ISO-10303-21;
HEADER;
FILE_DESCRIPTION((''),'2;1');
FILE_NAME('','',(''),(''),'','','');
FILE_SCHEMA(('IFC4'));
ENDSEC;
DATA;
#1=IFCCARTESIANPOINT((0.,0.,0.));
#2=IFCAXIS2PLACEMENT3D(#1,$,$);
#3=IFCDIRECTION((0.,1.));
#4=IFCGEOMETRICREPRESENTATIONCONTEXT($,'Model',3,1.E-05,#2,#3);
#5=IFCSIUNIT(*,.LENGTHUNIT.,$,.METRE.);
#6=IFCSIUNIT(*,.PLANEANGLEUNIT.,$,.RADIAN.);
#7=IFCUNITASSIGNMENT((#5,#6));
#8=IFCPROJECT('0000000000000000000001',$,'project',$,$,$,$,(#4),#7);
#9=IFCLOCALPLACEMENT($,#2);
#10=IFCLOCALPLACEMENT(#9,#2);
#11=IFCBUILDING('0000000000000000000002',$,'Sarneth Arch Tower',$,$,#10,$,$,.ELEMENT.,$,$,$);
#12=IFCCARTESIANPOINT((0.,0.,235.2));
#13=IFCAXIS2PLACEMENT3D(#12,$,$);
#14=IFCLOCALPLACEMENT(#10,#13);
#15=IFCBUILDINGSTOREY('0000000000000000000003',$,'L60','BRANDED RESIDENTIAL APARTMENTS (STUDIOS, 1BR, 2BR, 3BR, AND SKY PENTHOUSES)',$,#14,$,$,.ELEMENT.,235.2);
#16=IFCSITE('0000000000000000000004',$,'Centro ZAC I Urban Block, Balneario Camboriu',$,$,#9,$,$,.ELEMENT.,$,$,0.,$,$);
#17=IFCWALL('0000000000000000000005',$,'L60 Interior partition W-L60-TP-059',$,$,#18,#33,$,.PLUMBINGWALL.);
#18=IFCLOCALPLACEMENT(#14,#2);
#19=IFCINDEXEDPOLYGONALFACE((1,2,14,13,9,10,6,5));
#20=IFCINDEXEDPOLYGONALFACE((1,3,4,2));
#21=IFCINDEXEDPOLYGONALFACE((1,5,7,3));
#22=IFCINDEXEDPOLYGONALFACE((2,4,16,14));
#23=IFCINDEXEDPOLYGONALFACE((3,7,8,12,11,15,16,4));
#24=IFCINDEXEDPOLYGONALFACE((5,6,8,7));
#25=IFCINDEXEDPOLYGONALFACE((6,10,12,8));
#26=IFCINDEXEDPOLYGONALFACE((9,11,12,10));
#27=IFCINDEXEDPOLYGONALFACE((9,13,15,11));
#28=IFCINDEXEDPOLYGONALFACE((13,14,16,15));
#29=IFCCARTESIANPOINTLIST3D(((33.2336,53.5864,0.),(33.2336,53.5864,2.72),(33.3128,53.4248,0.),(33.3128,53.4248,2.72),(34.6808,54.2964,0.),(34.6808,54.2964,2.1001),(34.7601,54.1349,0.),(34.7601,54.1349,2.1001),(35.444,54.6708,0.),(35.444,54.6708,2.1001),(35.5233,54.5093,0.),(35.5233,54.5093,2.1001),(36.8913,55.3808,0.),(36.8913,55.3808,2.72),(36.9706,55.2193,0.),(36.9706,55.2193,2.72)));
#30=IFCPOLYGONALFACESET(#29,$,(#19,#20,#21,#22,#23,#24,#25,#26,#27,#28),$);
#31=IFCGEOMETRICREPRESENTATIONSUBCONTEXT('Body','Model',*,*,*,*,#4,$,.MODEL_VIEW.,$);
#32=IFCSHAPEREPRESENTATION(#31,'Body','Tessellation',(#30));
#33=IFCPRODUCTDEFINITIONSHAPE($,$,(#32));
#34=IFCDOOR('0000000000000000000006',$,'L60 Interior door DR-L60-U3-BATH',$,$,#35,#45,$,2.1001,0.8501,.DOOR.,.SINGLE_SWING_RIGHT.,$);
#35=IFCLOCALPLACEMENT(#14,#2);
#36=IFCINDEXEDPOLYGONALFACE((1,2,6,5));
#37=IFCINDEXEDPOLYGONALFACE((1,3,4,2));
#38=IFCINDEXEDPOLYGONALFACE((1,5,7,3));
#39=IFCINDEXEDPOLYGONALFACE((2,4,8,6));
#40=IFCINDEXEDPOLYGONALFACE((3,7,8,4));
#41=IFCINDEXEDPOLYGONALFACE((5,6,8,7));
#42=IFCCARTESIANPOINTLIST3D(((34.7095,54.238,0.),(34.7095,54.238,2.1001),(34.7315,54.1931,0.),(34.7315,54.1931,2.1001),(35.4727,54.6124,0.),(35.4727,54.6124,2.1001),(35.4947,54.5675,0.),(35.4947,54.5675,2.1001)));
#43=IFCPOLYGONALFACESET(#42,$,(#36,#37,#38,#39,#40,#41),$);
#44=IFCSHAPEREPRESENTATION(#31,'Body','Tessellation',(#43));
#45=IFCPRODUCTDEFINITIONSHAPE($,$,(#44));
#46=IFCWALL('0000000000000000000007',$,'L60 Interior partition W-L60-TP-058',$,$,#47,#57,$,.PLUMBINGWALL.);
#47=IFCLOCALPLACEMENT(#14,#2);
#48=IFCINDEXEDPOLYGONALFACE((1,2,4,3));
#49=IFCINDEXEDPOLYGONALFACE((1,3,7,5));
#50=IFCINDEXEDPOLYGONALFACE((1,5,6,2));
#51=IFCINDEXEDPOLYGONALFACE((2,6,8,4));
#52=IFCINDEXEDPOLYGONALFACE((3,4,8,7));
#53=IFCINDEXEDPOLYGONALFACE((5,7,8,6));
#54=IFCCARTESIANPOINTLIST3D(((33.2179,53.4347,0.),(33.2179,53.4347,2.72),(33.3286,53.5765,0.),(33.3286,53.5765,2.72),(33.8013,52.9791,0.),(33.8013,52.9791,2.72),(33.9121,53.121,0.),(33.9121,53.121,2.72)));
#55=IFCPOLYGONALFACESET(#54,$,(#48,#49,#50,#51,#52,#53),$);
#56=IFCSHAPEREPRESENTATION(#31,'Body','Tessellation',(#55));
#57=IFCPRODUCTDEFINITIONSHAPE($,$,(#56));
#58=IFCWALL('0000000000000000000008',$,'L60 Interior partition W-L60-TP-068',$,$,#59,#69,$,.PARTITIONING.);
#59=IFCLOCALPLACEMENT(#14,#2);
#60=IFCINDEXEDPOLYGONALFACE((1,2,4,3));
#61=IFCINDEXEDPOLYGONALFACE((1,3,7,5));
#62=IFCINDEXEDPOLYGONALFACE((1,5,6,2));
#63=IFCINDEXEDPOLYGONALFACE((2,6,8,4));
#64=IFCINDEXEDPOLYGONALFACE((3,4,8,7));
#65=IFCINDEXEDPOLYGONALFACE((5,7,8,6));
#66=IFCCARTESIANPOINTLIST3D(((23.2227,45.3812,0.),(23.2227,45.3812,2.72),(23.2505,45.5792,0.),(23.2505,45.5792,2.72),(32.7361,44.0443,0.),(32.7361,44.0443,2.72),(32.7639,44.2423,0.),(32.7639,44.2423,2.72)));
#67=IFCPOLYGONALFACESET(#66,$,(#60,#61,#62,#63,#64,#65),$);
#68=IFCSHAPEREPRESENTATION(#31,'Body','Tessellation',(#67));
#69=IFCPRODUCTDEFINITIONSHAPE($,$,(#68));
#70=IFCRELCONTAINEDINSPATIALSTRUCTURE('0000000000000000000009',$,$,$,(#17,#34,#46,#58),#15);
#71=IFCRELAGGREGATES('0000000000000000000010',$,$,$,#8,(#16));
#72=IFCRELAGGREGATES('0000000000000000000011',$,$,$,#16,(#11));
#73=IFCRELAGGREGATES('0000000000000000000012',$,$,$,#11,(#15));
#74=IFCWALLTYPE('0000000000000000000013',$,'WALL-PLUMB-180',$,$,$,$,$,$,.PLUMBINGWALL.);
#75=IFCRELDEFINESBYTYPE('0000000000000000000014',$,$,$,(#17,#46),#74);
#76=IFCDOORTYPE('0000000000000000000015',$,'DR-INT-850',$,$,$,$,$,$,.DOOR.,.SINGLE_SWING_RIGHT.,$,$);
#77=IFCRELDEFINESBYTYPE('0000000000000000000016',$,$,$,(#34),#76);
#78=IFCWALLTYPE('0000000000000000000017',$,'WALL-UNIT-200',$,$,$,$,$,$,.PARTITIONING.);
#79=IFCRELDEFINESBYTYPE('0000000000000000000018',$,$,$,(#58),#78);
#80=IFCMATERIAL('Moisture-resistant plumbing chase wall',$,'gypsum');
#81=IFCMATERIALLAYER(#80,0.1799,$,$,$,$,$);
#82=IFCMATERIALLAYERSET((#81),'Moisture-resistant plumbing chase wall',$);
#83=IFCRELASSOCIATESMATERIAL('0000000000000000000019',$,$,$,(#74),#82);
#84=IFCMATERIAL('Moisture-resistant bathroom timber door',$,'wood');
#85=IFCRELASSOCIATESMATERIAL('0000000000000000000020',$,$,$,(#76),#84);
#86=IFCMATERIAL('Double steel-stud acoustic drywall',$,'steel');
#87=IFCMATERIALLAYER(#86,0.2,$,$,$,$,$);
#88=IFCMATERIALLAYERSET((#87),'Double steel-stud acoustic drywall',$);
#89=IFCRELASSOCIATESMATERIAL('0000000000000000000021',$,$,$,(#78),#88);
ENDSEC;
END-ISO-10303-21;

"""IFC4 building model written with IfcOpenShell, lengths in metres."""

from ifc_helpers import new_model, si_unit, direction, frame, frame_2d, origin, place, context, subcontext, project, spatial, rectangle, extrude, material, layer, layer_set, type_object, element, fill, save


model = new_model("IFC4")

# Units and contexts
model_context = context("Model", 3, precision=1e-05, world=origin(), true_north=direction((0.0, 1.0)))
body_context = subcontext(model_context, "Body", "Model", "MODEL_VIEW")
ifc_project = project(units=[si_unit("LENGTHUNIT", "METRE"), si_unit("PLANEANGLEUNIT", "RADIAN")], contexts=[model_context])

# Site, building, storey
site_placement = place(None, origin())
site = spatial("IfcSite", under=ifc_project, at=site_placement, Name="Centro ZAC I Urban Block, Balneario Camboriu", CompositionType="ELEMENT", RefElevation=0.0)
building_placement = place(site_placement, origin())
building = spatial("IfcBuilding", under=site, at=building_placement, Name="Sarneth Arch Tower", CompositionType="ELEMENT")
storey_placement = place(building_placement, frame((0.0, 0.0, 235.2)))
storey = spatial("IfcBuildingStorey", under=building, at=storey_placement, Name="L60", Description="BRANDED RESIDENTIAL APARTMENTS (STUDIOS, 1BR, 2BR, 3BR, AND SKY PENTHOUSES)", CompositionType="ELEMENT", Elevation=235.2)

# Wall, opening, door
ifc_material_1 = material(Name="Moisture-resistant plumbing chase wall", Category="gypsum")
ifc_layer_1 = layer(ifc_material_1, 0.1799)
ifc_layer_set_1 = layer_set([ifc_layer_1], Name="Moisture-resistant plumbing chase wall")
wall_type_1 = type_object("IfcWallType", Name="WALL-PLUMB-180", PredefinedType="PLUMBINGWALL", material=ifc_layer_set_1)
wall_1_placement = place(storey_placement, frame((33.2732, 53.5056, 0.0), z_axis=(0.0, 0.0, 1.0), x_axis=(0.897781, 0.440441, 0.0)))
wall_1 = element("IfcWall", 1, at=wall_1_placement, inside=storey, type_object=wall_type_1, Name="L60 Interior partition W-L60-TP-059", PredefinedType="PLUMBINGWALL", context=body_context, shape_type="SweptSolid", body=[
    extrude(rectangle(XDim=4.0742, YDim=0.1799, at=frame_2d((2.0371, 0.0))), origin(), (0.0, 0.0, 1.0), 2.72),
])
opening_1_placement = place(wall_1_placement, frame((1.6121, 0.0, 0.0)))
opening_1 = element("IfcOpeningElement", 2, at=opening_1_placement, cuts=wall_1, PredefinedType="OPENING", context=body_context, shape_type="SweptSolid", body=[
    extrude(rectangle(XDim=0.8501, YDim=2.1001, at=frame_2d((0.425, 1.05))), frame((0.0, 0.0999, 0.0), z_axis=(0.0, -1.0, 0.0), x_axis=(1.0, 0.0, 0.0)), (0.0, 0.0, 1.0), 0.2),
])
ifc_material_2 = material(Name="Moisture-resistant bathroom timber door", Category="wood")
door_type_1 = type_object("IfcDoorType", Name="DR-INT-850", OperationType="SINGLE_SWING_RIGHT", PredefinedType="DOOR", material=ifc_material_2)
door_1_placement = place(opening_1_placement, origin())
door_1 = element("IfcDoor", 3, at=door_1_placement, inside=storey, type_object=door_type_1, Name="L60 Interior door DR-L60-U3-BATH", OperationType="SINGLE_SWING_RIGHT", OverallHeight=2.1001, OverallWidth=0.8501, PredefinedType="DOOR", context=body_context, shape_type="SweptSolid", body=[
    extrude(rectangle(XDim=0.8501, YDim=2.1001, at=frame_2d((0.425, 1.05))), frame((0.0, 0.0249, 0.0), z_axis=(0.0, -1.0, 0.0), x_axis=(1.0, 0.0, 0.0)), (0.0, 0.0, 1.0), 0.05),
])
fill(opening_1, door_1)

# Walls
wall_2_placement = place(storey_placement, frame((33.8567, 53.05, 0.0), z_axis=(0.0, 0.0, 1.0), x_axis=(-0.788214, 0.615401, 0.0)))
element("IfcWall", 4, at=wall_2_placement, inside=storey, type_object=wall_type_1, Name="L60 Interior partition W-L60-TP-058", PredefinedType="PLUMBINGWALL", context=body_context, shape_type="SweptSolid", body=[
    extrude(rectangle(XDim=0.7402, YDim=0.1799, at=frame_2d((0.3701, 0.0))), origin(), (0.0, 0.0, 1.0), 2.72),
])
ifc_material_3 = material(Name="Double steel-stud acoustic drywall", Category="steel")
ifc_layer_2 = layer(ifc_material_3, 0.2)
ifc_layer_set_2 = layer_set([ifc_layer_2], Name="Double steel-stud acoustic drywall")
wall_type_2 = type_object("IfcWallType", Name="WALL-UNIT-200", PredefinedType="PARTITIONING", material=ifc_layer_set_2)
wall_3_placement = place(storey_placement, frame((23.2366, 45.4802, 0.0), z_axis=(0.0, 0.0, 1.0), x_axis=(0.99027, -0.139162, 0.0)))
element("IfcWall", 5, at=wall_3_placement, inside=storey, type_object=wall_type_2, Name="L60 Interior partition W-L60-TP-068", PredefinedType="PARTITIONING", context=body_context, shape_type="SweptSolid", body=[
    extrude(rectangle(XDim=9.6069, YDim=0.2, at=frame_2d((4.8035, 0.0))), origin(), (0.0, 0.0, 1.0), 2.72),
])

save(model, "model.ifc")
